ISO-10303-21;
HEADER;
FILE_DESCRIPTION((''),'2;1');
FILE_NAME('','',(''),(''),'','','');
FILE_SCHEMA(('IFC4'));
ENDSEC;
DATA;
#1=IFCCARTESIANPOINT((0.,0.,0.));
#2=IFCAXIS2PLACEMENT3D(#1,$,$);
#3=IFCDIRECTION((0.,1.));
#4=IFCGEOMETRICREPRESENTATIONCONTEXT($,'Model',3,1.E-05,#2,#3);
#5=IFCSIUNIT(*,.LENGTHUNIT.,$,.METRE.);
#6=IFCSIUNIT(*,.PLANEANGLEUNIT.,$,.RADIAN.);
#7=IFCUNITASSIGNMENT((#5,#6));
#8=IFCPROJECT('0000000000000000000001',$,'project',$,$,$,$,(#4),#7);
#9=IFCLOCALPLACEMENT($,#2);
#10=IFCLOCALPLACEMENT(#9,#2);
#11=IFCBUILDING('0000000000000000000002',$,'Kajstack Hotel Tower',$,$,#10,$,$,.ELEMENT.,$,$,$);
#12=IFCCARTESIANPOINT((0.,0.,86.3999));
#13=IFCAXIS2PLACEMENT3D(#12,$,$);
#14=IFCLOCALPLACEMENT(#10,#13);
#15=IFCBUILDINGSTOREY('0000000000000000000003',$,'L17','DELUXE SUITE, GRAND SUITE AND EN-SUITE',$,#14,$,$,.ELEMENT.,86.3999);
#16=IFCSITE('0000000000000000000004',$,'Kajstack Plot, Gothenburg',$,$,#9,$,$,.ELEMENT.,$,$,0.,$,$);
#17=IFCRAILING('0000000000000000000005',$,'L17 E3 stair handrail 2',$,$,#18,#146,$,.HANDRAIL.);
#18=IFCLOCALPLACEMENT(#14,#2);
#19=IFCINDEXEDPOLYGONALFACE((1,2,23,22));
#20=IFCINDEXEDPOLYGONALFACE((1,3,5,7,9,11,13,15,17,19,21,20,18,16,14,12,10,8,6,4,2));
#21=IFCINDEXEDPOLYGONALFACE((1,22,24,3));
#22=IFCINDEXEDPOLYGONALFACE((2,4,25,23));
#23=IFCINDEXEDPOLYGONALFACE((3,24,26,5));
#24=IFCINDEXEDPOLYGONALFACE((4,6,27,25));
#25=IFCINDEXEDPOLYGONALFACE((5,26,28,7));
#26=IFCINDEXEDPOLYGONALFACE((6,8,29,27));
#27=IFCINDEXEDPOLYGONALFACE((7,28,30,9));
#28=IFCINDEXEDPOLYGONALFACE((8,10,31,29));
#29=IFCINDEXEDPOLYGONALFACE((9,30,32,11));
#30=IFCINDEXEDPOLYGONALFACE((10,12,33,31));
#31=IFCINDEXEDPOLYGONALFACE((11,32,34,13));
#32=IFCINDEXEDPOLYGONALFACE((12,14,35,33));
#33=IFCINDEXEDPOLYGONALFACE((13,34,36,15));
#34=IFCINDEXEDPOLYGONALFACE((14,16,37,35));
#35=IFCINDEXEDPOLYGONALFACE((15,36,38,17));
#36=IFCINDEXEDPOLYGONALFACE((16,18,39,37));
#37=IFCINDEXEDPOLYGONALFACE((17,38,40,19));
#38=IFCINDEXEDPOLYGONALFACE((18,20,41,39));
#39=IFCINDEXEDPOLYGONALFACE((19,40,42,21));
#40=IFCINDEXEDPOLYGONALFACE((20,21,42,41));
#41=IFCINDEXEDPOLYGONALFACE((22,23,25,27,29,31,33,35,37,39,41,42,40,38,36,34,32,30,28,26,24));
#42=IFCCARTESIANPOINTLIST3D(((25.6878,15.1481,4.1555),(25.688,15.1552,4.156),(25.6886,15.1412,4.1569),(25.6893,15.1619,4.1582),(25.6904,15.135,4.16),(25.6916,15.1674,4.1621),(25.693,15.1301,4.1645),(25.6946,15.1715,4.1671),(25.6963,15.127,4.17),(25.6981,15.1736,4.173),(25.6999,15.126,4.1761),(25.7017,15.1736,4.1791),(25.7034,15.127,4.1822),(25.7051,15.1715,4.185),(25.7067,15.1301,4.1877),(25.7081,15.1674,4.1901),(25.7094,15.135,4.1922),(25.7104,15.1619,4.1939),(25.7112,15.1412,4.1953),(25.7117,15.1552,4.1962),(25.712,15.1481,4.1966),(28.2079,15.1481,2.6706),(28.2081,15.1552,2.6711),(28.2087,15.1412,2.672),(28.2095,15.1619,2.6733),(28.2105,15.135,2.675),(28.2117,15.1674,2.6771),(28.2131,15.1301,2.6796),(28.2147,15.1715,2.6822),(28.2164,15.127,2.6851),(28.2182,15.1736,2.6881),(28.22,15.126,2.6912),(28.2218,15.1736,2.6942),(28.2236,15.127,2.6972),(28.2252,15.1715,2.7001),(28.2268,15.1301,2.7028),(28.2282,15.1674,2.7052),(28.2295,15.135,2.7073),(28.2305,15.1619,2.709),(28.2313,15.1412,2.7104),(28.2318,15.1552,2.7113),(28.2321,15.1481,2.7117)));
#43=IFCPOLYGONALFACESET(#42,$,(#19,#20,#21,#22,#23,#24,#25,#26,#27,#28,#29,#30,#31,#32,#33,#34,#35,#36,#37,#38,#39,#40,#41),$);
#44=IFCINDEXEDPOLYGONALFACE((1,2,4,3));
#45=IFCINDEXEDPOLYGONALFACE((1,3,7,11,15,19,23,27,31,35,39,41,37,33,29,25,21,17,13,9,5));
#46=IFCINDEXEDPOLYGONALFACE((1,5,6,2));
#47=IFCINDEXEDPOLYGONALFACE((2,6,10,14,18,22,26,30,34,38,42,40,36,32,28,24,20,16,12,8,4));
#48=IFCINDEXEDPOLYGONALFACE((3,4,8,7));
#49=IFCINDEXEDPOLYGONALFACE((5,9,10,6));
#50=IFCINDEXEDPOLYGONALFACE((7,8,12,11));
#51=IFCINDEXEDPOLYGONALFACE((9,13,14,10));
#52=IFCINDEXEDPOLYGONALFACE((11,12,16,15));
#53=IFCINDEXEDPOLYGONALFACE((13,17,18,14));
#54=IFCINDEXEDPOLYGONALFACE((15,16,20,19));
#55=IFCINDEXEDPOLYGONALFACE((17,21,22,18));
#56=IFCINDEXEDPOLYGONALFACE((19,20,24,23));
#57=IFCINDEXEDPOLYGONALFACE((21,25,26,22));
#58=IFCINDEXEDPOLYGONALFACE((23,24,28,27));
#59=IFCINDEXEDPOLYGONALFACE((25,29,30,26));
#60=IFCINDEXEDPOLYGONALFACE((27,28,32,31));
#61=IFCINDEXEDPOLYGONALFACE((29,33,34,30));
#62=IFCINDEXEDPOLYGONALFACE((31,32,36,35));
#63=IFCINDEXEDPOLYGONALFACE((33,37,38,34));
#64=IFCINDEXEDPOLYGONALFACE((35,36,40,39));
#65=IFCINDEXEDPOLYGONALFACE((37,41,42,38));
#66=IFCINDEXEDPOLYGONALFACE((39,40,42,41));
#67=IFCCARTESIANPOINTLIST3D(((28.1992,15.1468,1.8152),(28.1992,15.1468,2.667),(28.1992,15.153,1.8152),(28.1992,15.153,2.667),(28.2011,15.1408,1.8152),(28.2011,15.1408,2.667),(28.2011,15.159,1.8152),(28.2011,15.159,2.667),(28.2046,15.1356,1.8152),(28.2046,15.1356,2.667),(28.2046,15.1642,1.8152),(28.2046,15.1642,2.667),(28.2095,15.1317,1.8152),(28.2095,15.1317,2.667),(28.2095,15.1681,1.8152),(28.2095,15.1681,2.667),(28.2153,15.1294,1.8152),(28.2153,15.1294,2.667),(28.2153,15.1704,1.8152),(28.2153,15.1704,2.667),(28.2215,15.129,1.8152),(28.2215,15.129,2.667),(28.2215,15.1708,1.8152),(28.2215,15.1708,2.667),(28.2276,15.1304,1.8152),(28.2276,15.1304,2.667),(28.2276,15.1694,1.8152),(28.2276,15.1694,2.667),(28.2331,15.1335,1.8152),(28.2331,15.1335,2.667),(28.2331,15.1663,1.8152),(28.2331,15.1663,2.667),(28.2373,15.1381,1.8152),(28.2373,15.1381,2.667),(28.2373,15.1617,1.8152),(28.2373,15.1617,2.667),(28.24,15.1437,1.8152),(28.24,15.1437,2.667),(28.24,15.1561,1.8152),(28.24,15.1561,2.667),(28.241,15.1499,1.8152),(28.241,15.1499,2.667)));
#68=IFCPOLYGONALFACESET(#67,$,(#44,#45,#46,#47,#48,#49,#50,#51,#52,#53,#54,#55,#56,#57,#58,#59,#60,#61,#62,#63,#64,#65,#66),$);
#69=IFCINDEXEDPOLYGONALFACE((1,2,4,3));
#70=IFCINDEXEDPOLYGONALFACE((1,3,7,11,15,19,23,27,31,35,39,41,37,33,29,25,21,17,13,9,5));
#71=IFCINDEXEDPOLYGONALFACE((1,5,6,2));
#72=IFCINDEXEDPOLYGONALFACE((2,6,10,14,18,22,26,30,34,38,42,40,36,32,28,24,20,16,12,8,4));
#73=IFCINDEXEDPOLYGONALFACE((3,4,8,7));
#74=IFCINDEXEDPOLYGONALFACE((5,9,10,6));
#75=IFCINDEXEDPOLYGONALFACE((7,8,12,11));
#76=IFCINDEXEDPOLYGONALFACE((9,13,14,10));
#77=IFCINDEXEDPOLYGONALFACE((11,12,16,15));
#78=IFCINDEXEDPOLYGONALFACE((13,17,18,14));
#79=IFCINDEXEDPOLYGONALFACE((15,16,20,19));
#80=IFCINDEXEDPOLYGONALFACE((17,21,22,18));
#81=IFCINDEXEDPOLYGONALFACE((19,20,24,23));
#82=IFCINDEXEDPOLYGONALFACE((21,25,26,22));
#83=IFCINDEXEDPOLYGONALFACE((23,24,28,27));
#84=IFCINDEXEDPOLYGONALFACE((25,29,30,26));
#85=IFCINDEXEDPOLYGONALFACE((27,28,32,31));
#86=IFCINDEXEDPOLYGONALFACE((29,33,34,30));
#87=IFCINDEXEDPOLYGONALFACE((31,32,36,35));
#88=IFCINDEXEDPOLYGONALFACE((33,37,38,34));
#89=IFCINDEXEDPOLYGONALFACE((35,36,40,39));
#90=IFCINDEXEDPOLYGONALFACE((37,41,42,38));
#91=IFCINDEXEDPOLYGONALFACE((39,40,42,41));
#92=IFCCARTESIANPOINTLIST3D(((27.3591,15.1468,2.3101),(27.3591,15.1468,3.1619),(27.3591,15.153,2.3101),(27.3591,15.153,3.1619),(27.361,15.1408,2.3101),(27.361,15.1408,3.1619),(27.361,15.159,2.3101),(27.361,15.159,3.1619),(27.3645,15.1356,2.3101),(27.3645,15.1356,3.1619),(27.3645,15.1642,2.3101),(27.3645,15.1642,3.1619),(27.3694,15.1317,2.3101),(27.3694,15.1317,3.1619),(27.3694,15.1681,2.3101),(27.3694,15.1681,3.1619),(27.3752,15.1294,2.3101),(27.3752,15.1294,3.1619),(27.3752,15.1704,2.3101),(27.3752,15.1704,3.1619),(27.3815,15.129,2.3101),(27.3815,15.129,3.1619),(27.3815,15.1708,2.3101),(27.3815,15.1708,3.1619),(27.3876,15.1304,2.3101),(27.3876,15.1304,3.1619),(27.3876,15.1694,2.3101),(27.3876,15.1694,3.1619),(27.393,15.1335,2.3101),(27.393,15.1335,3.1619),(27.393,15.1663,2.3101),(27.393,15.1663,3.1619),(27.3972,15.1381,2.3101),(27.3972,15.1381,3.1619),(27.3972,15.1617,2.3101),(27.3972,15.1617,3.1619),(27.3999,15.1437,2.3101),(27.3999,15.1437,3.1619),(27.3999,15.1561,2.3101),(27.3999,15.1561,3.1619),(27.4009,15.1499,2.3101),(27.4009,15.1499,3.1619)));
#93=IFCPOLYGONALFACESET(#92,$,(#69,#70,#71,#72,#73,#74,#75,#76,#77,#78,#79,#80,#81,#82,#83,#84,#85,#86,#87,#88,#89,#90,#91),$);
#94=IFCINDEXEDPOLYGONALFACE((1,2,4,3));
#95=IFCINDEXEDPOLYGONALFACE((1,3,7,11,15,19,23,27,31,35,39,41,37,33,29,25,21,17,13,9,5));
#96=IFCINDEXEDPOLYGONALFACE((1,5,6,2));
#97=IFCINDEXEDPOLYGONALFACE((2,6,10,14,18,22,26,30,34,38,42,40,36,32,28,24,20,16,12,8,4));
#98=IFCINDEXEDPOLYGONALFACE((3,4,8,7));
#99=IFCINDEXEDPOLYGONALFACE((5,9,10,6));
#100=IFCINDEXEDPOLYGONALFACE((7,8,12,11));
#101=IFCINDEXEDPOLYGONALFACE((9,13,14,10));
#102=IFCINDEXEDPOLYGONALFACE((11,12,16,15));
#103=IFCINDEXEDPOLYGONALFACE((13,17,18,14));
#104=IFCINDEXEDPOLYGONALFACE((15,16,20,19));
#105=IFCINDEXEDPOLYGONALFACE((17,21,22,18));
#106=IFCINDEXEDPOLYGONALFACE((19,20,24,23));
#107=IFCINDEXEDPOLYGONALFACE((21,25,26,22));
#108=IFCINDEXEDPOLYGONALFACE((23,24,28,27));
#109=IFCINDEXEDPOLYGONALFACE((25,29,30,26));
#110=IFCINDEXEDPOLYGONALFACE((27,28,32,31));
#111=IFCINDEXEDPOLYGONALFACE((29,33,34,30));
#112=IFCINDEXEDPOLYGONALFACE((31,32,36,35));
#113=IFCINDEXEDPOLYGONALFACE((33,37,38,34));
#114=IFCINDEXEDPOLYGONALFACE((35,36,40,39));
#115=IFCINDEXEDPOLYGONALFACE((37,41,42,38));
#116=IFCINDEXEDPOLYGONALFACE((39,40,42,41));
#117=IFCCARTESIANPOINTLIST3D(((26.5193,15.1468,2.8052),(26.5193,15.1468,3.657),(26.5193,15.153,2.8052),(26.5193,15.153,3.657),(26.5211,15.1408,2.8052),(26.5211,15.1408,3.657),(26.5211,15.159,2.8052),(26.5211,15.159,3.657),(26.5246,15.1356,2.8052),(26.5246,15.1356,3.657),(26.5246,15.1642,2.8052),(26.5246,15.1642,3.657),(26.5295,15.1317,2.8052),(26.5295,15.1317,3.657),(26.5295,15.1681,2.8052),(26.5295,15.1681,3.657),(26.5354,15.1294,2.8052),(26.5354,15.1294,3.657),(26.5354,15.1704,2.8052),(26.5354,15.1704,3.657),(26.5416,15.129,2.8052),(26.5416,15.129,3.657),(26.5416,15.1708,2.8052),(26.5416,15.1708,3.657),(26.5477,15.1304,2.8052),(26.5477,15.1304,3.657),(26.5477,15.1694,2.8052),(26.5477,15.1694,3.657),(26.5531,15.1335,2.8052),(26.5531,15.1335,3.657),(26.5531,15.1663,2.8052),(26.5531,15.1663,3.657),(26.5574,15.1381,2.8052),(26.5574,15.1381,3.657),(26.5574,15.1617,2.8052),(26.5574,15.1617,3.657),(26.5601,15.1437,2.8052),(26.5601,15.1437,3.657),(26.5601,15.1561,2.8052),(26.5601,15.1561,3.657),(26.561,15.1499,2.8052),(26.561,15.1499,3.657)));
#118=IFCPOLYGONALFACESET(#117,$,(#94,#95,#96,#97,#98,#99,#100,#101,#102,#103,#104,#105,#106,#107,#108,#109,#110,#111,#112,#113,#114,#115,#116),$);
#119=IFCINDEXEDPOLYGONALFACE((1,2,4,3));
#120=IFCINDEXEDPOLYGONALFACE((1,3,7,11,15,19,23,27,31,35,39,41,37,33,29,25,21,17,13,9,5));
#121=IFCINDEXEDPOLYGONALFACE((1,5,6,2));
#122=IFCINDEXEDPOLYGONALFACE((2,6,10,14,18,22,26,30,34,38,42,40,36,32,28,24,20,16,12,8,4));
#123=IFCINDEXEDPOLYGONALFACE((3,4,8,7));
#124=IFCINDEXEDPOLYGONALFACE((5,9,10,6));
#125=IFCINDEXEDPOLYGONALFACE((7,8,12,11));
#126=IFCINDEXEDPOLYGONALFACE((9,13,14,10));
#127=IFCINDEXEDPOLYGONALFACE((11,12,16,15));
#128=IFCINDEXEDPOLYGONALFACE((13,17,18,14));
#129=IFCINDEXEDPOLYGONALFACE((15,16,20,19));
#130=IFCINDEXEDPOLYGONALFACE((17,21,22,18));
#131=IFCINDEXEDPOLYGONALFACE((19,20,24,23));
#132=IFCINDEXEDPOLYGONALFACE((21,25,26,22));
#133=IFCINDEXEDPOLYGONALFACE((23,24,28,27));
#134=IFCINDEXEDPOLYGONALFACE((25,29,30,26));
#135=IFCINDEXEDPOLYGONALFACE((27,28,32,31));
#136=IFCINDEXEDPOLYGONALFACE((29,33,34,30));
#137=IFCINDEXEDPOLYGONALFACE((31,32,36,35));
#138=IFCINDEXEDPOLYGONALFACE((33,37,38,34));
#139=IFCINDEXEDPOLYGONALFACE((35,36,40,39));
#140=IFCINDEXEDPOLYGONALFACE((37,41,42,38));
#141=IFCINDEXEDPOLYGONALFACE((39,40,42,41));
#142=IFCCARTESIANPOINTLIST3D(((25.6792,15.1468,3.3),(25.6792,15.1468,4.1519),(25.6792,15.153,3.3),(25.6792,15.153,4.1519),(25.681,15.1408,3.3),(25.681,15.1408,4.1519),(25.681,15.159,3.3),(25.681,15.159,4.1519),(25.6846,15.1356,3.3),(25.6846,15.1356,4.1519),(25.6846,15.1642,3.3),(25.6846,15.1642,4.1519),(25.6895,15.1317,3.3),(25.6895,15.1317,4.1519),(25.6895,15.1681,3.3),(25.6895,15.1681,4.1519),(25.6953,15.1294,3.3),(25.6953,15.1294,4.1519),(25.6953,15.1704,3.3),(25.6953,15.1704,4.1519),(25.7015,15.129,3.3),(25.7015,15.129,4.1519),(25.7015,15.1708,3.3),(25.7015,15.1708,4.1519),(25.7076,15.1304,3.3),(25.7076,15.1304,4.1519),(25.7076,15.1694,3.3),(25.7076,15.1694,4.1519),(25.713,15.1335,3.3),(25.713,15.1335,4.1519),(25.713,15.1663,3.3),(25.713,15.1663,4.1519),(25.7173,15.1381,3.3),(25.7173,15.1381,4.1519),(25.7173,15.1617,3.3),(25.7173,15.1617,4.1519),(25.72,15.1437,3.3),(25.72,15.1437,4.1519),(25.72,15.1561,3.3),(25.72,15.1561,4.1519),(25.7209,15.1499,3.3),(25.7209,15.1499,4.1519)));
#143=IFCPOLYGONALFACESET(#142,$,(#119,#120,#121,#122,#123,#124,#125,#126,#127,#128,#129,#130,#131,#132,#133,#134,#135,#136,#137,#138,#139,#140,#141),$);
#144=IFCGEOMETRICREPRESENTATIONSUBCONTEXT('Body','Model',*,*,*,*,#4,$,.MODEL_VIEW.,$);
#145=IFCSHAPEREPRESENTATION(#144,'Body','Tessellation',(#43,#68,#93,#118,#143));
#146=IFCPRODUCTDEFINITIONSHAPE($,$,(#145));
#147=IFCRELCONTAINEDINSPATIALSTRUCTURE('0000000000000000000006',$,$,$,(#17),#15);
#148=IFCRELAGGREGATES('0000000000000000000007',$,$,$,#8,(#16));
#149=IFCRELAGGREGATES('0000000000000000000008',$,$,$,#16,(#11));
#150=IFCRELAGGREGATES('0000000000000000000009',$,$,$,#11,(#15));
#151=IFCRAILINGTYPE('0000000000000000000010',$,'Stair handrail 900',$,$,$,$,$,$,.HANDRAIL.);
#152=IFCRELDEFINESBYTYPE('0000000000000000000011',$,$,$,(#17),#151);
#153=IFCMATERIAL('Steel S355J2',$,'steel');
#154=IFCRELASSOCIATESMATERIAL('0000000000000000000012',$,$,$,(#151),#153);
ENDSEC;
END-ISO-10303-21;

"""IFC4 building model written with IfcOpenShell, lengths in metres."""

from ifc_helpers import new_model, si_unit, direction, frame, origin, origin_2d, place, context, subcontext, project, spatial, circle, extrude, material, type_object, element, save


model = new_model("IFC4")

# Units and contexts
model_context = context("Model", 3, precision=1e-05, world=origin(), true_north=direction((0.0, 1.0)))
body_context = subcontext(model_context, "Body", "Model", "MODEL_VIEW")
ifc_project = project(units=[si_unit("LENGTHUNIT", "METRE"), si_unit("PLANEANGLEUNIT", "RADIAN")], contexts=[model_context])

# Site, building, storey
site_placement = place(None, origin())
site = spatial("IfcSite", under=ifc_project, at=site_placement, Name="Kajstack Plot, Gothenburg", CompositionType="ELEMENT", RefElevation=0.0)
building_placement = place(site_placement, origin())
building = spatial("IfcBuilding", under=site, at=building_placement, Name="Kajstack Hotel Tower", CompositionType="ELEMENT")
storey_placement = place(building_placement, frame((0.0, 0.0, 86.3999)))
storey = spatial("IfcBuildingStorey", under=building, at=storey_placement, Name="L17", Description="DELUXE SUITE, GRAND SUITE AND EN-SUITE", CompositionType="ELEMENT", Elevation=86.3999)

# Railing
ifc_material_1 = material(Name="Steel S355J2", Category="steel")
railing_type_1 = type_object("IfcRailingType", Name="Stair handrail 900", PredefinedType="HANDRAIL", material=ifc_material_1)
railing_1_placement = place(storey_placement, frame((28.22, 15.1499, 1.8152)))
element("IfcRailing", 1, at=railing_1_placement, inside=storey, type_object=railing_type_1, Name="L17 E3 stair handrail 2", PredefinedType="HANDRAIL", context=body_context, shape_type="SweptSolid", body=[
    extrude(circle(Radius=0.0239, at=origin_2d()), frame((0.0, 0.0, 0.876), z_axis=(-0.861561, 0.0, 0.507655), x_axis=(0.0, -1.0, 0.0)), (0.0, 0.0, 1.0), 2.925),
    extrude(circle(Radius=0.021, at=origin_2d()), origin(), (0.0, 0.0, 1.0), 0.8518),
    extrude(circle(Radius=0.021, at=origin_2d()), frame((-0.8401, 0.0, 0.4949)), (0.0, 0.0, 1.0), 0.8518),
    extrude(circle(Radius=0.021, at=origin_2d()), frame((-1.6799, 0.0, 0.99)), (0.0, 0.0, 1.0), 0.8518),
    extrude(circle(Radius=0.021, at=origin_2d()), frame((-2.52, 0.0, 1.4849)), (0.0, 0.0, 1.0), 0.8518),
])

save(model, "model.ifc")
